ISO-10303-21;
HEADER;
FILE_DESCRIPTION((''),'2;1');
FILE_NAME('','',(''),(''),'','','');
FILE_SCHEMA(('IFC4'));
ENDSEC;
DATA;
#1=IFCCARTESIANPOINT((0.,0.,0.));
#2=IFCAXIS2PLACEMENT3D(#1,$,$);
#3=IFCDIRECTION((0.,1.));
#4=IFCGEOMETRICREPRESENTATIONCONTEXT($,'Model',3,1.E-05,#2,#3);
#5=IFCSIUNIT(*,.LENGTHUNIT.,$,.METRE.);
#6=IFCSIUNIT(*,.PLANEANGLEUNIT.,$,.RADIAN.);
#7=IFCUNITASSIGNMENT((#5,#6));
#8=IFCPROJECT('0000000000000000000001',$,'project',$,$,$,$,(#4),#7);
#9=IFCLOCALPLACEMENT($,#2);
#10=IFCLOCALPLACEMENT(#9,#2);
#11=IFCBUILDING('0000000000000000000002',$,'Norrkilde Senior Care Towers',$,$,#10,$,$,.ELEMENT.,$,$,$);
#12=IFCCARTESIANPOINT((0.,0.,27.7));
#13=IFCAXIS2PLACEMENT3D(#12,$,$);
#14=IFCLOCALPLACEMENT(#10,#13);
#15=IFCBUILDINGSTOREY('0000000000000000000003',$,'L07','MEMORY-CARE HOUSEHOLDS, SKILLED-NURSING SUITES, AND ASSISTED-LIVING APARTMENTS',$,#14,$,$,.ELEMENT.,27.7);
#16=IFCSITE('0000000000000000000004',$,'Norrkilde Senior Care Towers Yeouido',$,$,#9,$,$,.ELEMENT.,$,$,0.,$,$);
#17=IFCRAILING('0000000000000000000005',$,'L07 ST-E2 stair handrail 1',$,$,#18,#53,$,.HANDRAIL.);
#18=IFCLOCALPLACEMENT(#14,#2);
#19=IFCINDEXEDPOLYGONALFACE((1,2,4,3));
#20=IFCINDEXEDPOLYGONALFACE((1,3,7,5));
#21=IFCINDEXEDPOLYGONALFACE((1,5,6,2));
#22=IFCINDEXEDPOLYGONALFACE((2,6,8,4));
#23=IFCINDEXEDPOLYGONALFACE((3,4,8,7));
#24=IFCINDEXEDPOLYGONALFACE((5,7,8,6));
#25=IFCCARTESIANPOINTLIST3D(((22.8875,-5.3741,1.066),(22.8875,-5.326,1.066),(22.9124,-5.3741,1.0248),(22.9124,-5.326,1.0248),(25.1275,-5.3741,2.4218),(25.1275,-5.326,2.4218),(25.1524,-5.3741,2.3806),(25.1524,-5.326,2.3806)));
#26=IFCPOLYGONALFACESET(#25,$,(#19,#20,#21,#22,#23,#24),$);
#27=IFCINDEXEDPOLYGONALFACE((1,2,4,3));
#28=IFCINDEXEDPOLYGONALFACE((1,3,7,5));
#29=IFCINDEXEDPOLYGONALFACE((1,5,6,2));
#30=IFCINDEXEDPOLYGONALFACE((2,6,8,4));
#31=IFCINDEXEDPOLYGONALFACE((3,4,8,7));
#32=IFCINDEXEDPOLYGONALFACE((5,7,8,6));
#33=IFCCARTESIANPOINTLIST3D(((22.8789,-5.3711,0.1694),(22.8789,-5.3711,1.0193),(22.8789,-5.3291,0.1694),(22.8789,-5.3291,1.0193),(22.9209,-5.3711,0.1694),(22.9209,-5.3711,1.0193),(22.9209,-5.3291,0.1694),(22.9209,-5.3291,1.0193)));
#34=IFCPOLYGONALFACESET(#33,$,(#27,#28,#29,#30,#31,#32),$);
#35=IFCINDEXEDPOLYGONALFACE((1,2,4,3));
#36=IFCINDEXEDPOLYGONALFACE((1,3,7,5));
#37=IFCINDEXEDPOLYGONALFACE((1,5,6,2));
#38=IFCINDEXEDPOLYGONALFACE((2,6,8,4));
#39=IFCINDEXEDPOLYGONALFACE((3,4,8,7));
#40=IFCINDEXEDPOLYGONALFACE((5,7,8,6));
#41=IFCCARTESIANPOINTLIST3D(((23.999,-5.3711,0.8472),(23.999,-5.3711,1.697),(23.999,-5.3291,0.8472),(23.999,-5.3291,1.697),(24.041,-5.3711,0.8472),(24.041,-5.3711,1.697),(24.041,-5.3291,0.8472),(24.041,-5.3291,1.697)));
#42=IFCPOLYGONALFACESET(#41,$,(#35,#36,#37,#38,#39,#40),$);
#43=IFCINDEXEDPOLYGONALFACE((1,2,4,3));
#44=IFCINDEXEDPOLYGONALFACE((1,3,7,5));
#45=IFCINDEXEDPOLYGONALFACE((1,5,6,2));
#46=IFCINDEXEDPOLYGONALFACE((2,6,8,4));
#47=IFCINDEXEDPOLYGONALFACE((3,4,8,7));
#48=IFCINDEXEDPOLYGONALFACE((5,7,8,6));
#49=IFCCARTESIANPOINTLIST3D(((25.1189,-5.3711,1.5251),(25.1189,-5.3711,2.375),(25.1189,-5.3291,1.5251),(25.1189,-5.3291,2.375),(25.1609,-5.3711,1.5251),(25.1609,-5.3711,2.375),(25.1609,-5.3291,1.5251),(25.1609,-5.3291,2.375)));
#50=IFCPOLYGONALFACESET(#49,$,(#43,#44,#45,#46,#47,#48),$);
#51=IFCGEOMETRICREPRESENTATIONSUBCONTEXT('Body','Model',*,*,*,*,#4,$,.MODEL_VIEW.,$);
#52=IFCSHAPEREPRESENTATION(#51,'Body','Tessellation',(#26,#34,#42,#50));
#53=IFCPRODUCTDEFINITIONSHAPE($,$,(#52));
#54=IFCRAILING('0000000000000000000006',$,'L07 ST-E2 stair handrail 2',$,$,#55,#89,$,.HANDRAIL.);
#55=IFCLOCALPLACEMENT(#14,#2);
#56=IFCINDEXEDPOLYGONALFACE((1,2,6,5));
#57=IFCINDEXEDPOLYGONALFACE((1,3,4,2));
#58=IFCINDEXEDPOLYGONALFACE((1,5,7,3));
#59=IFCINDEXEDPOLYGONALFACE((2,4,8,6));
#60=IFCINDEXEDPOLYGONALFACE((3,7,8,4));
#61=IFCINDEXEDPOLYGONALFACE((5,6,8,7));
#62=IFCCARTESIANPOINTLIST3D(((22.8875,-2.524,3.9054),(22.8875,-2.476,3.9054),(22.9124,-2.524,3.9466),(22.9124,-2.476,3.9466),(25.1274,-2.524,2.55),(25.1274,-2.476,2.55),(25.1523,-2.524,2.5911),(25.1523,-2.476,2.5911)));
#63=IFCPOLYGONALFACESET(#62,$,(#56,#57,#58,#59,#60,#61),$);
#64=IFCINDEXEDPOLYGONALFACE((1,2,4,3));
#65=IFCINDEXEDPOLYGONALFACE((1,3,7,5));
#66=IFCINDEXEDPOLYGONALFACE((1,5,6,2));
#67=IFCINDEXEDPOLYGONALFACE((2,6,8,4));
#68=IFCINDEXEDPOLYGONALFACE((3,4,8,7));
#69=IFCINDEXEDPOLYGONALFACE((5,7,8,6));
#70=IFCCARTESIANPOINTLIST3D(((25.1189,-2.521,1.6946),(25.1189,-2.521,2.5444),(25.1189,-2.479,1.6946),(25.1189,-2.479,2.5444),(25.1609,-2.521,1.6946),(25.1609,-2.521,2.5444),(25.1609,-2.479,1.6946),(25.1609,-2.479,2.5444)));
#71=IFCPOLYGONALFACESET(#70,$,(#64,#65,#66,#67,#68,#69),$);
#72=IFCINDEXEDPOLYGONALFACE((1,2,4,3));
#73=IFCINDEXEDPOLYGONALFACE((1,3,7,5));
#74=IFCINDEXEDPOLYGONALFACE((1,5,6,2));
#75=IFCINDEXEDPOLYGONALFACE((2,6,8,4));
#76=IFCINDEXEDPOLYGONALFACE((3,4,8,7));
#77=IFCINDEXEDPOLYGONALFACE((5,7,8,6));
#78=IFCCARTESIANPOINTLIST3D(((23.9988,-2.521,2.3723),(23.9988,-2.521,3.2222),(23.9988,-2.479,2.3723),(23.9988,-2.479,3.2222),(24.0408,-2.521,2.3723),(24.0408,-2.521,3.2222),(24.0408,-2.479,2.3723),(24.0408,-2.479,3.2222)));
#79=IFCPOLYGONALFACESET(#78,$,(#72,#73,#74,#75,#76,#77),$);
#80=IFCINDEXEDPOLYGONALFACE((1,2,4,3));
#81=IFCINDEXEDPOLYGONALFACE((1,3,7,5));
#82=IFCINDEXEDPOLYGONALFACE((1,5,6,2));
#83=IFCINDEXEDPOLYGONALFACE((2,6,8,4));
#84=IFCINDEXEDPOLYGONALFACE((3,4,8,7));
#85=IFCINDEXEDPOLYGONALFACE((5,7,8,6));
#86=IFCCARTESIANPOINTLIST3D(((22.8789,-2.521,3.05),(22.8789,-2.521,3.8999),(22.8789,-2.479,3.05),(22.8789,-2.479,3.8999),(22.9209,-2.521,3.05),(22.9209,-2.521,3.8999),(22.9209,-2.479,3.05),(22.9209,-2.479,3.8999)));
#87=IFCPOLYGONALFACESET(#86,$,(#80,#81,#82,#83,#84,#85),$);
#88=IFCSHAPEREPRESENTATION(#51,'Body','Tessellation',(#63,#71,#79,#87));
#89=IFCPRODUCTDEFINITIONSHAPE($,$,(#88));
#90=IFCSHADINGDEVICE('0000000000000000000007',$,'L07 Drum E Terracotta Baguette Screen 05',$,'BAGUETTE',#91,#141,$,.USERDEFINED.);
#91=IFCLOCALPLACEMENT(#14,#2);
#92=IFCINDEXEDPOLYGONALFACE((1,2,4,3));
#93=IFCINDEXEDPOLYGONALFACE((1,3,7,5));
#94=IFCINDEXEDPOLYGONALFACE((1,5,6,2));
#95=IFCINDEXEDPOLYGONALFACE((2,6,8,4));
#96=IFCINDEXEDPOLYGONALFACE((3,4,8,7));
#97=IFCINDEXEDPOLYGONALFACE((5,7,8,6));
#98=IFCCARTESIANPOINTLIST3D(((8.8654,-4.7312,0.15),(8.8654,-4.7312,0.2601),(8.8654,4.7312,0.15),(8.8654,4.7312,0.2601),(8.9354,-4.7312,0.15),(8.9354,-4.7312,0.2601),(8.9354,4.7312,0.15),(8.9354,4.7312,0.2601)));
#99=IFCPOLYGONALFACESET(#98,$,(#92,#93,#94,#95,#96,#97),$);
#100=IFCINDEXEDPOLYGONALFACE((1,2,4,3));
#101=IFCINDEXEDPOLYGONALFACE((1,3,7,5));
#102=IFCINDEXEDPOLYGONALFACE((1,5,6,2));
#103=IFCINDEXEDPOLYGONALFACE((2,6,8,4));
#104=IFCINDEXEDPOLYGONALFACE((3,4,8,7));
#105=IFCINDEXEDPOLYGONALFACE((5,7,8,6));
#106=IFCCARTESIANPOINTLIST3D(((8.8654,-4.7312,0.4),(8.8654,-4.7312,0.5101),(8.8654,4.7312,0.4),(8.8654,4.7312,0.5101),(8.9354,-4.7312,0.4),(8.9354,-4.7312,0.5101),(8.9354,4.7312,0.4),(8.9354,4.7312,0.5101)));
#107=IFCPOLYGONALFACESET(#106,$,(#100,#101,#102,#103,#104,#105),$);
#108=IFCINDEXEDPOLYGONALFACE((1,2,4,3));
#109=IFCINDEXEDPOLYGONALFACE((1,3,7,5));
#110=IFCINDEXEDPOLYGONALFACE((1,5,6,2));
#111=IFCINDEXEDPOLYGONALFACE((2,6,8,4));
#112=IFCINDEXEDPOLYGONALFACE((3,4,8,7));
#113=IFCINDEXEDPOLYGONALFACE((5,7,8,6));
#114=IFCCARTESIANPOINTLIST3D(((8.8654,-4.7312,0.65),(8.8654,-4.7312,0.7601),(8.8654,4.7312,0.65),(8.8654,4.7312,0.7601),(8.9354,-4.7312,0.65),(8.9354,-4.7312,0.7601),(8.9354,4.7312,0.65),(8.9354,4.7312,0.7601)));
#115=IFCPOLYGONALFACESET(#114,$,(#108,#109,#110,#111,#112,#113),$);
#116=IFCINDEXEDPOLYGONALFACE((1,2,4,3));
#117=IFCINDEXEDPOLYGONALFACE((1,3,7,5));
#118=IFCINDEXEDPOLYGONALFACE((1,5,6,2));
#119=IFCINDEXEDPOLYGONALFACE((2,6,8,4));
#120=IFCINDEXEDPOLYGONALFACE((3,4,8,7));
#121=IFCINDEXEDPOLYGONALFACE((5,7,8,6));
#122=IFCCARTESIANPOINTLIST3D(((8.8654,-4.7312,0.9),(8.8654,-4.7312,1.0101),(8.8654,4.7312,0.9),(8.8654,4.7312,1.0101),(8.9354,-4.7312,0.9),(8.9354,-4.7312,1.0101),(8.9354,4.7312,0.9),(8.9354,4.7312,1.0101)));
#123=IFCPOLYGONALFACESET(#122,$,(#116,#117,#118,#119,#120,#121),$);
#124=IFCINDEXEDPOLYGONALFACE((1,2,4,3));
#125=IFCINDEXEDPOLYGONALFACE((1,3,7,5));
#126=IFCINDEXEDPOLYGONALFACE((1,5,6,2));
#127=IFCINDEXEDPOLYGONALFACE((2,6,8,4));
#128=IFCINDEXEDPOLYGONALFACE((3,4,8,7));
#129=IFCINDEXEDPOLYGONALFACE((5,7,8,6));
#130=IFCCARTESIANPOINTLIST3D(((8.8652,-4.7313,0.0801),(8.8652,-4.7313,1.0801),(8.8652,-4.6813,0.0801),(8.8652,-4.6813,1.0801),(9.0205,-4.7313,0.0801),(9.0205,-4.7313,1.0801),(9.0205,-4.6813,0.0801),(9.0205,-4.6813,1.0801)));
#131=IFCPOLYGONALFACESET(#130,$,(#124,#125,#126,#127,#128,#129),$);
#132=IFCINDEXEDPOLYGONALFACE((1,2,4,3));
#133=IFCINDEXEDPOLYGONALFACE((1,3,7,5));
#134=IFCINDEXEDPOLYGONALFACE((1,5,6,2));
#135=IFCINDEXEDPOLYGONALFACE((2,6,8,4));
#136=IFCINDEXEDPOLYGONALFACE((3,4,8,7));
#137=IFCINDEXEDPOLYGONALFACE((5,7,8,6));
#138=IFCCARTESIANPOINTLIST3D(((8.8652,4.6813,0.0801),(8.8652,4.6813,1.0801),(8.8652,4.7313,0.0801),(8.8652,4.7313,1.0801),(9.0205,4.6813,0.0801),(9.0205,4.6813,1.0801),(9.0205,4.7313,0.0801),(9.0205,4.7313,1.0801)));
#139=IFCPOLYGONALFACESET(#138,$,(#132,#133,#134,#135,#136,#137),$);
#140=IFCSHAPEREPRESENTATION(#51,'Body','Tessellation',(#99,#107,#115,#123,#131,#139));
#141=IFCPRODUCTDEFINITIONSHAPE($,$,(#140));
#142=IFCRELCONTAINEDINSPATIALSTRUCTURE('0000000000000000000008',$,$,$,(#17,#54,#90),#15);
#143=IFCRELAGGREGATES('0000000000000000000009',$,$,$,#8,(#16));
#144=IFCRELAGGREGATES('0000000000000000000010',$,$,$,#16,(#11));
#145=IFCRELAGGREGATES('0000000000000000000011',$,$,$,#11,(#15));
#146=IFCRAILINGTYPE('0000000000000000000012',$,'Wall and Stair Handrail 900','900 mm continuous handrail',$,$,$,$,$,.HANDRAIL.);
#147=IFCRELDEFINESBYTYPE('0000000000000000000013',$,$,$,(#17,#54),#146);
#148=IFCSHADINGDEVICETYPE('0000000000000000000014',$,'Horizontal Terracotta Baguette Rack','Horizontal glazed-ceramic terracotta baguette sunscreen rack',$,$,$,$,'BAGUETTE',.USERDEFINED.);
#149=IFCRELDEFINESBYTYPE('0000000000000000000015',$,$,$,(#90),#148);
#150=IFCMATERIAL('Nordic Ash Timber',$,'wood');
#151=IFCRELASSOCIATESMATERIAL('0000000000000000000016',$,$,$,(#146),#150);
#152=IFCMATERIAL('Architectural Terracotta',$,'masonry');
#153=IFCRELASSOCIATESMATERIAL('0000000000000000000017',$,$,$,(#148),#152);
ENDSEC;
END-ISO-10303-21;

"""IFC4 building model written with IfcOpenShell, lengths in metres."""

from ifc_helpers import new_model, si_unit, direction, frame, origin, origin_2d, place, context, subcontext, project, spatial, rectangle, extrude, source, transform, mapped, material, type_object, type_shapes, element, save


model = new_model("IFC4")

# Units and contexts
model_context = context("Model", 3, precision=1e-05, world=origin(), true_north=direction((0.0, 1.0)))
body_context = subcontext(model_context, "Body", "Model", "MODEL_VIEW")
ifc_project = project(units=[si_unit("LENGTHUNIT", "METRE"), si_unit("PLANEANGLEUNIT", "RADIAN")], contexts=[model_context])

# Site, building, storey
site_placement = place(None, origin())
site = spatial("IfcSite", under=ifc_project, at=site_placement, Name="Norrkilde Senior Care Towers Yeouido", CompositionType="ELEMENT", RefElevation=0.0)
building_placement = place(site_placement, origin())
building = spatial("IfcBuilding", under=site, at=building_placement, Name="Norrkilde Senior Care Towers", CompositionType="ELEMENT")
storey_placement = place(building_placement, frame((0.0, 0.0, 27.7)))
storey = spatial("IfcBuildingStorey", under=building, at=storey_placement, Name="L07", Description="MEMORY-CARE HOUSEHOLDS, SKILLED-NURSING SUITES, AND ASSISTED-LIVING APARTMENTS", CompositionType="ELEMENT", Elevation=27.7)

# Shared definitions
ifc_material_1 = material(Name="Nordic Ash Timber", Category="wood")

# Railings
railing_type_1 = type_object("IfcRailingType", Name="Wall and Stair Handrail 900", Description="900 mm continuous handrail", PredefinedType="HANDRAIL", material=ifc_material_1)
railing_1_placement = place(storey_placement, frame((22.8999, -5.3501, 0.1694)))
element("IfcRailing", 1, at=railing_1_placement, inside=storey, type_object=railing_type_1, Name="L07 ST-E2 stair handrail 1", PredefinedType="HANDRAIL", context=body_context, shape_type="SweptSolid", body=[
    extrude(rectangle(XDim=0.0481, YDim=0.0481, at=origin_2d()), frame((0.0, 0.0, 0.876), z_axis=(0.855512, 0.0, 0.517783), x_axis=(0.0, 1.0, 0.0)), (0.0, 0.0, 1.0), 2.6184),
    extrude(rectangle(XDim=0.042, YDim=0.042, at=origin_2d()), origin(), (0.0, 0.0, 1.0), 0.8499),
    extrude(rectangle(XDim=0.042, YDim=0.042, at=origin_2d()), frame((1.1201, 0.0, 0.6777)), (0.0, 0.0, 1.0), 0.8499),
    extrude(rectangle(XDim=0.042, YDim=0.042, at=origin_2d()), frame((2.24, 0.0, 1.3557)), (0.0, 0.0, 1.0), 0.8499),
])
railing_2_placement = place(storey_placement, frame((25.1399, -2.5, 1.6946)))
element("IfcRailing", 2, at=railing_2_placement, inside=storey, type_object=railing_type_1, Name="L07 ST-E2 stair handrail 2", PredefinedType="HANDRAIL", context=body_context, shape_type="SweptSolid", body=[
    extrude(rectangle(XDim=0.0481, YDim=0.0481, at=origin_2d()), frame((0.0, 0.0, 0.876), z_axis=(-0.855553, 0.0, 0.517715), x_axis=(0.0, -1.0, 0.0)), (0.0, 0.0, 1.0), 2.6182),
    extrude(rectangle(XDim=0.042, YDim=0.042, at=origin_2d()), origin(), (0.0, 0.0, 1.0), 0.8499),
    extrude(rectangle(XDim=0.042, YDim=0.042, at=origin_2d()), frame((-1.1201, 0.0, 0.6777)), (0.0, 0.0, 1.0), 0.8499),
    extrude(rectangle(XDim=0.042, YDim=0.042, at=origin_2d()), frame((-2.24, 0.0, 1.3555)), (0.0, 0.0, 1.0), 0.8499),
])

# Shading device
ifc_material_2 = material(Name="Architectural Terracotta", Category="masonry")
shading_device_type = type_object("IfcShadingDeviceType", Name="Horizontal Terracotta Baguette Rack", Description="Horizontal glazed-ceramic terracotta baguette sunscreen rack", ElementType="BAGUETTE", PredefinedType="USERDEFINED", material=ifc_material_2)
shared_shape_1 = source(origin(), body_context, "Body", "SweptSolid", [
    extrude(rectangle(XDim=0.0701, YDim=0.1101, at=origin_2d()), frame((0.0, 0.0901, 0.125), z_axis=(1.0, 0.0, 0.0), x_axis=(0.0, 1.0, 0.0)), (0.0, 0.0, 1.0), 9.4624),
    extrude(rectangle(XDim=0.0701, YDim=0.1101, at=origin_2d()), frame((0.0, 0.0901, 0.375), z_axis=(1.0, 0.0, 0.0), x_axis=(0.0, 1.0, 0.0)), (0.0, 0.0, 1.0), 9.4624),
    extrude(rectangle(XDim=0.0701, YDim=0.1101, at=origin_2d()), frame((0.0, 0.0901, 0.625), z_axis=(1.0, 0.0, 0.0), x_axis=(0.0, 1.0, 0.0)), (0.0, 0.0, 1.0), 9.4624),
    extrude(rectangle(XDim=0.0701, YDim=0.1101, at=origin_2d()), frame((0.0, 0.0901, 0.875), z_axis=(1.0, 0.0, 0.0), x_axis=(0.0, 1.0, 0.0)), (0.0, 0.0, 1.0), 9.4624),
    extrude(rectangle(XDim=0.05, YDim=0.1553, at=origin_2d()), frame((0.0249, 0.0476, 0.0)), (0.0, 0.0, 1.0), 1.0),
    extrude(rectangle(XDim=0.05, YDim=0.1553, at=origin_2d()), frame((9.4375, 0.0476, 0.0)), (0.0, 0.0, 1.0), 1.0),
])
type_shapes(shading_device_type, [shared_shape_1])
shading_device_placement = place(storey_placement, frame((8.9905, -4.7312, 0.0801), z_axis=(0.0, 0.0, 1.0), x_axis=(0.0, 1.0, 0.0)))
element("IfcShadingDevice", 3, at=shading_device_placement, inside=storey, type_object=shading_device_type, Name="L07 Drum E Terracotta Baguette Screen 05", ObjectType="BAGUETTE", PredefinedType="USERDEFINED", context=body_context, shape_type="MappedRepresentation", body=[
    mapped(shared_shape_1, transform((0.0, 0.0, 0.0), x_axis=(1.0, 0.0, 0.0), y_axis=(0.0, 1.0, 0.0), z_axis=(0.0, 0.0, 1.0), scale=1.0)),
])

save(model, "model.ifc")
